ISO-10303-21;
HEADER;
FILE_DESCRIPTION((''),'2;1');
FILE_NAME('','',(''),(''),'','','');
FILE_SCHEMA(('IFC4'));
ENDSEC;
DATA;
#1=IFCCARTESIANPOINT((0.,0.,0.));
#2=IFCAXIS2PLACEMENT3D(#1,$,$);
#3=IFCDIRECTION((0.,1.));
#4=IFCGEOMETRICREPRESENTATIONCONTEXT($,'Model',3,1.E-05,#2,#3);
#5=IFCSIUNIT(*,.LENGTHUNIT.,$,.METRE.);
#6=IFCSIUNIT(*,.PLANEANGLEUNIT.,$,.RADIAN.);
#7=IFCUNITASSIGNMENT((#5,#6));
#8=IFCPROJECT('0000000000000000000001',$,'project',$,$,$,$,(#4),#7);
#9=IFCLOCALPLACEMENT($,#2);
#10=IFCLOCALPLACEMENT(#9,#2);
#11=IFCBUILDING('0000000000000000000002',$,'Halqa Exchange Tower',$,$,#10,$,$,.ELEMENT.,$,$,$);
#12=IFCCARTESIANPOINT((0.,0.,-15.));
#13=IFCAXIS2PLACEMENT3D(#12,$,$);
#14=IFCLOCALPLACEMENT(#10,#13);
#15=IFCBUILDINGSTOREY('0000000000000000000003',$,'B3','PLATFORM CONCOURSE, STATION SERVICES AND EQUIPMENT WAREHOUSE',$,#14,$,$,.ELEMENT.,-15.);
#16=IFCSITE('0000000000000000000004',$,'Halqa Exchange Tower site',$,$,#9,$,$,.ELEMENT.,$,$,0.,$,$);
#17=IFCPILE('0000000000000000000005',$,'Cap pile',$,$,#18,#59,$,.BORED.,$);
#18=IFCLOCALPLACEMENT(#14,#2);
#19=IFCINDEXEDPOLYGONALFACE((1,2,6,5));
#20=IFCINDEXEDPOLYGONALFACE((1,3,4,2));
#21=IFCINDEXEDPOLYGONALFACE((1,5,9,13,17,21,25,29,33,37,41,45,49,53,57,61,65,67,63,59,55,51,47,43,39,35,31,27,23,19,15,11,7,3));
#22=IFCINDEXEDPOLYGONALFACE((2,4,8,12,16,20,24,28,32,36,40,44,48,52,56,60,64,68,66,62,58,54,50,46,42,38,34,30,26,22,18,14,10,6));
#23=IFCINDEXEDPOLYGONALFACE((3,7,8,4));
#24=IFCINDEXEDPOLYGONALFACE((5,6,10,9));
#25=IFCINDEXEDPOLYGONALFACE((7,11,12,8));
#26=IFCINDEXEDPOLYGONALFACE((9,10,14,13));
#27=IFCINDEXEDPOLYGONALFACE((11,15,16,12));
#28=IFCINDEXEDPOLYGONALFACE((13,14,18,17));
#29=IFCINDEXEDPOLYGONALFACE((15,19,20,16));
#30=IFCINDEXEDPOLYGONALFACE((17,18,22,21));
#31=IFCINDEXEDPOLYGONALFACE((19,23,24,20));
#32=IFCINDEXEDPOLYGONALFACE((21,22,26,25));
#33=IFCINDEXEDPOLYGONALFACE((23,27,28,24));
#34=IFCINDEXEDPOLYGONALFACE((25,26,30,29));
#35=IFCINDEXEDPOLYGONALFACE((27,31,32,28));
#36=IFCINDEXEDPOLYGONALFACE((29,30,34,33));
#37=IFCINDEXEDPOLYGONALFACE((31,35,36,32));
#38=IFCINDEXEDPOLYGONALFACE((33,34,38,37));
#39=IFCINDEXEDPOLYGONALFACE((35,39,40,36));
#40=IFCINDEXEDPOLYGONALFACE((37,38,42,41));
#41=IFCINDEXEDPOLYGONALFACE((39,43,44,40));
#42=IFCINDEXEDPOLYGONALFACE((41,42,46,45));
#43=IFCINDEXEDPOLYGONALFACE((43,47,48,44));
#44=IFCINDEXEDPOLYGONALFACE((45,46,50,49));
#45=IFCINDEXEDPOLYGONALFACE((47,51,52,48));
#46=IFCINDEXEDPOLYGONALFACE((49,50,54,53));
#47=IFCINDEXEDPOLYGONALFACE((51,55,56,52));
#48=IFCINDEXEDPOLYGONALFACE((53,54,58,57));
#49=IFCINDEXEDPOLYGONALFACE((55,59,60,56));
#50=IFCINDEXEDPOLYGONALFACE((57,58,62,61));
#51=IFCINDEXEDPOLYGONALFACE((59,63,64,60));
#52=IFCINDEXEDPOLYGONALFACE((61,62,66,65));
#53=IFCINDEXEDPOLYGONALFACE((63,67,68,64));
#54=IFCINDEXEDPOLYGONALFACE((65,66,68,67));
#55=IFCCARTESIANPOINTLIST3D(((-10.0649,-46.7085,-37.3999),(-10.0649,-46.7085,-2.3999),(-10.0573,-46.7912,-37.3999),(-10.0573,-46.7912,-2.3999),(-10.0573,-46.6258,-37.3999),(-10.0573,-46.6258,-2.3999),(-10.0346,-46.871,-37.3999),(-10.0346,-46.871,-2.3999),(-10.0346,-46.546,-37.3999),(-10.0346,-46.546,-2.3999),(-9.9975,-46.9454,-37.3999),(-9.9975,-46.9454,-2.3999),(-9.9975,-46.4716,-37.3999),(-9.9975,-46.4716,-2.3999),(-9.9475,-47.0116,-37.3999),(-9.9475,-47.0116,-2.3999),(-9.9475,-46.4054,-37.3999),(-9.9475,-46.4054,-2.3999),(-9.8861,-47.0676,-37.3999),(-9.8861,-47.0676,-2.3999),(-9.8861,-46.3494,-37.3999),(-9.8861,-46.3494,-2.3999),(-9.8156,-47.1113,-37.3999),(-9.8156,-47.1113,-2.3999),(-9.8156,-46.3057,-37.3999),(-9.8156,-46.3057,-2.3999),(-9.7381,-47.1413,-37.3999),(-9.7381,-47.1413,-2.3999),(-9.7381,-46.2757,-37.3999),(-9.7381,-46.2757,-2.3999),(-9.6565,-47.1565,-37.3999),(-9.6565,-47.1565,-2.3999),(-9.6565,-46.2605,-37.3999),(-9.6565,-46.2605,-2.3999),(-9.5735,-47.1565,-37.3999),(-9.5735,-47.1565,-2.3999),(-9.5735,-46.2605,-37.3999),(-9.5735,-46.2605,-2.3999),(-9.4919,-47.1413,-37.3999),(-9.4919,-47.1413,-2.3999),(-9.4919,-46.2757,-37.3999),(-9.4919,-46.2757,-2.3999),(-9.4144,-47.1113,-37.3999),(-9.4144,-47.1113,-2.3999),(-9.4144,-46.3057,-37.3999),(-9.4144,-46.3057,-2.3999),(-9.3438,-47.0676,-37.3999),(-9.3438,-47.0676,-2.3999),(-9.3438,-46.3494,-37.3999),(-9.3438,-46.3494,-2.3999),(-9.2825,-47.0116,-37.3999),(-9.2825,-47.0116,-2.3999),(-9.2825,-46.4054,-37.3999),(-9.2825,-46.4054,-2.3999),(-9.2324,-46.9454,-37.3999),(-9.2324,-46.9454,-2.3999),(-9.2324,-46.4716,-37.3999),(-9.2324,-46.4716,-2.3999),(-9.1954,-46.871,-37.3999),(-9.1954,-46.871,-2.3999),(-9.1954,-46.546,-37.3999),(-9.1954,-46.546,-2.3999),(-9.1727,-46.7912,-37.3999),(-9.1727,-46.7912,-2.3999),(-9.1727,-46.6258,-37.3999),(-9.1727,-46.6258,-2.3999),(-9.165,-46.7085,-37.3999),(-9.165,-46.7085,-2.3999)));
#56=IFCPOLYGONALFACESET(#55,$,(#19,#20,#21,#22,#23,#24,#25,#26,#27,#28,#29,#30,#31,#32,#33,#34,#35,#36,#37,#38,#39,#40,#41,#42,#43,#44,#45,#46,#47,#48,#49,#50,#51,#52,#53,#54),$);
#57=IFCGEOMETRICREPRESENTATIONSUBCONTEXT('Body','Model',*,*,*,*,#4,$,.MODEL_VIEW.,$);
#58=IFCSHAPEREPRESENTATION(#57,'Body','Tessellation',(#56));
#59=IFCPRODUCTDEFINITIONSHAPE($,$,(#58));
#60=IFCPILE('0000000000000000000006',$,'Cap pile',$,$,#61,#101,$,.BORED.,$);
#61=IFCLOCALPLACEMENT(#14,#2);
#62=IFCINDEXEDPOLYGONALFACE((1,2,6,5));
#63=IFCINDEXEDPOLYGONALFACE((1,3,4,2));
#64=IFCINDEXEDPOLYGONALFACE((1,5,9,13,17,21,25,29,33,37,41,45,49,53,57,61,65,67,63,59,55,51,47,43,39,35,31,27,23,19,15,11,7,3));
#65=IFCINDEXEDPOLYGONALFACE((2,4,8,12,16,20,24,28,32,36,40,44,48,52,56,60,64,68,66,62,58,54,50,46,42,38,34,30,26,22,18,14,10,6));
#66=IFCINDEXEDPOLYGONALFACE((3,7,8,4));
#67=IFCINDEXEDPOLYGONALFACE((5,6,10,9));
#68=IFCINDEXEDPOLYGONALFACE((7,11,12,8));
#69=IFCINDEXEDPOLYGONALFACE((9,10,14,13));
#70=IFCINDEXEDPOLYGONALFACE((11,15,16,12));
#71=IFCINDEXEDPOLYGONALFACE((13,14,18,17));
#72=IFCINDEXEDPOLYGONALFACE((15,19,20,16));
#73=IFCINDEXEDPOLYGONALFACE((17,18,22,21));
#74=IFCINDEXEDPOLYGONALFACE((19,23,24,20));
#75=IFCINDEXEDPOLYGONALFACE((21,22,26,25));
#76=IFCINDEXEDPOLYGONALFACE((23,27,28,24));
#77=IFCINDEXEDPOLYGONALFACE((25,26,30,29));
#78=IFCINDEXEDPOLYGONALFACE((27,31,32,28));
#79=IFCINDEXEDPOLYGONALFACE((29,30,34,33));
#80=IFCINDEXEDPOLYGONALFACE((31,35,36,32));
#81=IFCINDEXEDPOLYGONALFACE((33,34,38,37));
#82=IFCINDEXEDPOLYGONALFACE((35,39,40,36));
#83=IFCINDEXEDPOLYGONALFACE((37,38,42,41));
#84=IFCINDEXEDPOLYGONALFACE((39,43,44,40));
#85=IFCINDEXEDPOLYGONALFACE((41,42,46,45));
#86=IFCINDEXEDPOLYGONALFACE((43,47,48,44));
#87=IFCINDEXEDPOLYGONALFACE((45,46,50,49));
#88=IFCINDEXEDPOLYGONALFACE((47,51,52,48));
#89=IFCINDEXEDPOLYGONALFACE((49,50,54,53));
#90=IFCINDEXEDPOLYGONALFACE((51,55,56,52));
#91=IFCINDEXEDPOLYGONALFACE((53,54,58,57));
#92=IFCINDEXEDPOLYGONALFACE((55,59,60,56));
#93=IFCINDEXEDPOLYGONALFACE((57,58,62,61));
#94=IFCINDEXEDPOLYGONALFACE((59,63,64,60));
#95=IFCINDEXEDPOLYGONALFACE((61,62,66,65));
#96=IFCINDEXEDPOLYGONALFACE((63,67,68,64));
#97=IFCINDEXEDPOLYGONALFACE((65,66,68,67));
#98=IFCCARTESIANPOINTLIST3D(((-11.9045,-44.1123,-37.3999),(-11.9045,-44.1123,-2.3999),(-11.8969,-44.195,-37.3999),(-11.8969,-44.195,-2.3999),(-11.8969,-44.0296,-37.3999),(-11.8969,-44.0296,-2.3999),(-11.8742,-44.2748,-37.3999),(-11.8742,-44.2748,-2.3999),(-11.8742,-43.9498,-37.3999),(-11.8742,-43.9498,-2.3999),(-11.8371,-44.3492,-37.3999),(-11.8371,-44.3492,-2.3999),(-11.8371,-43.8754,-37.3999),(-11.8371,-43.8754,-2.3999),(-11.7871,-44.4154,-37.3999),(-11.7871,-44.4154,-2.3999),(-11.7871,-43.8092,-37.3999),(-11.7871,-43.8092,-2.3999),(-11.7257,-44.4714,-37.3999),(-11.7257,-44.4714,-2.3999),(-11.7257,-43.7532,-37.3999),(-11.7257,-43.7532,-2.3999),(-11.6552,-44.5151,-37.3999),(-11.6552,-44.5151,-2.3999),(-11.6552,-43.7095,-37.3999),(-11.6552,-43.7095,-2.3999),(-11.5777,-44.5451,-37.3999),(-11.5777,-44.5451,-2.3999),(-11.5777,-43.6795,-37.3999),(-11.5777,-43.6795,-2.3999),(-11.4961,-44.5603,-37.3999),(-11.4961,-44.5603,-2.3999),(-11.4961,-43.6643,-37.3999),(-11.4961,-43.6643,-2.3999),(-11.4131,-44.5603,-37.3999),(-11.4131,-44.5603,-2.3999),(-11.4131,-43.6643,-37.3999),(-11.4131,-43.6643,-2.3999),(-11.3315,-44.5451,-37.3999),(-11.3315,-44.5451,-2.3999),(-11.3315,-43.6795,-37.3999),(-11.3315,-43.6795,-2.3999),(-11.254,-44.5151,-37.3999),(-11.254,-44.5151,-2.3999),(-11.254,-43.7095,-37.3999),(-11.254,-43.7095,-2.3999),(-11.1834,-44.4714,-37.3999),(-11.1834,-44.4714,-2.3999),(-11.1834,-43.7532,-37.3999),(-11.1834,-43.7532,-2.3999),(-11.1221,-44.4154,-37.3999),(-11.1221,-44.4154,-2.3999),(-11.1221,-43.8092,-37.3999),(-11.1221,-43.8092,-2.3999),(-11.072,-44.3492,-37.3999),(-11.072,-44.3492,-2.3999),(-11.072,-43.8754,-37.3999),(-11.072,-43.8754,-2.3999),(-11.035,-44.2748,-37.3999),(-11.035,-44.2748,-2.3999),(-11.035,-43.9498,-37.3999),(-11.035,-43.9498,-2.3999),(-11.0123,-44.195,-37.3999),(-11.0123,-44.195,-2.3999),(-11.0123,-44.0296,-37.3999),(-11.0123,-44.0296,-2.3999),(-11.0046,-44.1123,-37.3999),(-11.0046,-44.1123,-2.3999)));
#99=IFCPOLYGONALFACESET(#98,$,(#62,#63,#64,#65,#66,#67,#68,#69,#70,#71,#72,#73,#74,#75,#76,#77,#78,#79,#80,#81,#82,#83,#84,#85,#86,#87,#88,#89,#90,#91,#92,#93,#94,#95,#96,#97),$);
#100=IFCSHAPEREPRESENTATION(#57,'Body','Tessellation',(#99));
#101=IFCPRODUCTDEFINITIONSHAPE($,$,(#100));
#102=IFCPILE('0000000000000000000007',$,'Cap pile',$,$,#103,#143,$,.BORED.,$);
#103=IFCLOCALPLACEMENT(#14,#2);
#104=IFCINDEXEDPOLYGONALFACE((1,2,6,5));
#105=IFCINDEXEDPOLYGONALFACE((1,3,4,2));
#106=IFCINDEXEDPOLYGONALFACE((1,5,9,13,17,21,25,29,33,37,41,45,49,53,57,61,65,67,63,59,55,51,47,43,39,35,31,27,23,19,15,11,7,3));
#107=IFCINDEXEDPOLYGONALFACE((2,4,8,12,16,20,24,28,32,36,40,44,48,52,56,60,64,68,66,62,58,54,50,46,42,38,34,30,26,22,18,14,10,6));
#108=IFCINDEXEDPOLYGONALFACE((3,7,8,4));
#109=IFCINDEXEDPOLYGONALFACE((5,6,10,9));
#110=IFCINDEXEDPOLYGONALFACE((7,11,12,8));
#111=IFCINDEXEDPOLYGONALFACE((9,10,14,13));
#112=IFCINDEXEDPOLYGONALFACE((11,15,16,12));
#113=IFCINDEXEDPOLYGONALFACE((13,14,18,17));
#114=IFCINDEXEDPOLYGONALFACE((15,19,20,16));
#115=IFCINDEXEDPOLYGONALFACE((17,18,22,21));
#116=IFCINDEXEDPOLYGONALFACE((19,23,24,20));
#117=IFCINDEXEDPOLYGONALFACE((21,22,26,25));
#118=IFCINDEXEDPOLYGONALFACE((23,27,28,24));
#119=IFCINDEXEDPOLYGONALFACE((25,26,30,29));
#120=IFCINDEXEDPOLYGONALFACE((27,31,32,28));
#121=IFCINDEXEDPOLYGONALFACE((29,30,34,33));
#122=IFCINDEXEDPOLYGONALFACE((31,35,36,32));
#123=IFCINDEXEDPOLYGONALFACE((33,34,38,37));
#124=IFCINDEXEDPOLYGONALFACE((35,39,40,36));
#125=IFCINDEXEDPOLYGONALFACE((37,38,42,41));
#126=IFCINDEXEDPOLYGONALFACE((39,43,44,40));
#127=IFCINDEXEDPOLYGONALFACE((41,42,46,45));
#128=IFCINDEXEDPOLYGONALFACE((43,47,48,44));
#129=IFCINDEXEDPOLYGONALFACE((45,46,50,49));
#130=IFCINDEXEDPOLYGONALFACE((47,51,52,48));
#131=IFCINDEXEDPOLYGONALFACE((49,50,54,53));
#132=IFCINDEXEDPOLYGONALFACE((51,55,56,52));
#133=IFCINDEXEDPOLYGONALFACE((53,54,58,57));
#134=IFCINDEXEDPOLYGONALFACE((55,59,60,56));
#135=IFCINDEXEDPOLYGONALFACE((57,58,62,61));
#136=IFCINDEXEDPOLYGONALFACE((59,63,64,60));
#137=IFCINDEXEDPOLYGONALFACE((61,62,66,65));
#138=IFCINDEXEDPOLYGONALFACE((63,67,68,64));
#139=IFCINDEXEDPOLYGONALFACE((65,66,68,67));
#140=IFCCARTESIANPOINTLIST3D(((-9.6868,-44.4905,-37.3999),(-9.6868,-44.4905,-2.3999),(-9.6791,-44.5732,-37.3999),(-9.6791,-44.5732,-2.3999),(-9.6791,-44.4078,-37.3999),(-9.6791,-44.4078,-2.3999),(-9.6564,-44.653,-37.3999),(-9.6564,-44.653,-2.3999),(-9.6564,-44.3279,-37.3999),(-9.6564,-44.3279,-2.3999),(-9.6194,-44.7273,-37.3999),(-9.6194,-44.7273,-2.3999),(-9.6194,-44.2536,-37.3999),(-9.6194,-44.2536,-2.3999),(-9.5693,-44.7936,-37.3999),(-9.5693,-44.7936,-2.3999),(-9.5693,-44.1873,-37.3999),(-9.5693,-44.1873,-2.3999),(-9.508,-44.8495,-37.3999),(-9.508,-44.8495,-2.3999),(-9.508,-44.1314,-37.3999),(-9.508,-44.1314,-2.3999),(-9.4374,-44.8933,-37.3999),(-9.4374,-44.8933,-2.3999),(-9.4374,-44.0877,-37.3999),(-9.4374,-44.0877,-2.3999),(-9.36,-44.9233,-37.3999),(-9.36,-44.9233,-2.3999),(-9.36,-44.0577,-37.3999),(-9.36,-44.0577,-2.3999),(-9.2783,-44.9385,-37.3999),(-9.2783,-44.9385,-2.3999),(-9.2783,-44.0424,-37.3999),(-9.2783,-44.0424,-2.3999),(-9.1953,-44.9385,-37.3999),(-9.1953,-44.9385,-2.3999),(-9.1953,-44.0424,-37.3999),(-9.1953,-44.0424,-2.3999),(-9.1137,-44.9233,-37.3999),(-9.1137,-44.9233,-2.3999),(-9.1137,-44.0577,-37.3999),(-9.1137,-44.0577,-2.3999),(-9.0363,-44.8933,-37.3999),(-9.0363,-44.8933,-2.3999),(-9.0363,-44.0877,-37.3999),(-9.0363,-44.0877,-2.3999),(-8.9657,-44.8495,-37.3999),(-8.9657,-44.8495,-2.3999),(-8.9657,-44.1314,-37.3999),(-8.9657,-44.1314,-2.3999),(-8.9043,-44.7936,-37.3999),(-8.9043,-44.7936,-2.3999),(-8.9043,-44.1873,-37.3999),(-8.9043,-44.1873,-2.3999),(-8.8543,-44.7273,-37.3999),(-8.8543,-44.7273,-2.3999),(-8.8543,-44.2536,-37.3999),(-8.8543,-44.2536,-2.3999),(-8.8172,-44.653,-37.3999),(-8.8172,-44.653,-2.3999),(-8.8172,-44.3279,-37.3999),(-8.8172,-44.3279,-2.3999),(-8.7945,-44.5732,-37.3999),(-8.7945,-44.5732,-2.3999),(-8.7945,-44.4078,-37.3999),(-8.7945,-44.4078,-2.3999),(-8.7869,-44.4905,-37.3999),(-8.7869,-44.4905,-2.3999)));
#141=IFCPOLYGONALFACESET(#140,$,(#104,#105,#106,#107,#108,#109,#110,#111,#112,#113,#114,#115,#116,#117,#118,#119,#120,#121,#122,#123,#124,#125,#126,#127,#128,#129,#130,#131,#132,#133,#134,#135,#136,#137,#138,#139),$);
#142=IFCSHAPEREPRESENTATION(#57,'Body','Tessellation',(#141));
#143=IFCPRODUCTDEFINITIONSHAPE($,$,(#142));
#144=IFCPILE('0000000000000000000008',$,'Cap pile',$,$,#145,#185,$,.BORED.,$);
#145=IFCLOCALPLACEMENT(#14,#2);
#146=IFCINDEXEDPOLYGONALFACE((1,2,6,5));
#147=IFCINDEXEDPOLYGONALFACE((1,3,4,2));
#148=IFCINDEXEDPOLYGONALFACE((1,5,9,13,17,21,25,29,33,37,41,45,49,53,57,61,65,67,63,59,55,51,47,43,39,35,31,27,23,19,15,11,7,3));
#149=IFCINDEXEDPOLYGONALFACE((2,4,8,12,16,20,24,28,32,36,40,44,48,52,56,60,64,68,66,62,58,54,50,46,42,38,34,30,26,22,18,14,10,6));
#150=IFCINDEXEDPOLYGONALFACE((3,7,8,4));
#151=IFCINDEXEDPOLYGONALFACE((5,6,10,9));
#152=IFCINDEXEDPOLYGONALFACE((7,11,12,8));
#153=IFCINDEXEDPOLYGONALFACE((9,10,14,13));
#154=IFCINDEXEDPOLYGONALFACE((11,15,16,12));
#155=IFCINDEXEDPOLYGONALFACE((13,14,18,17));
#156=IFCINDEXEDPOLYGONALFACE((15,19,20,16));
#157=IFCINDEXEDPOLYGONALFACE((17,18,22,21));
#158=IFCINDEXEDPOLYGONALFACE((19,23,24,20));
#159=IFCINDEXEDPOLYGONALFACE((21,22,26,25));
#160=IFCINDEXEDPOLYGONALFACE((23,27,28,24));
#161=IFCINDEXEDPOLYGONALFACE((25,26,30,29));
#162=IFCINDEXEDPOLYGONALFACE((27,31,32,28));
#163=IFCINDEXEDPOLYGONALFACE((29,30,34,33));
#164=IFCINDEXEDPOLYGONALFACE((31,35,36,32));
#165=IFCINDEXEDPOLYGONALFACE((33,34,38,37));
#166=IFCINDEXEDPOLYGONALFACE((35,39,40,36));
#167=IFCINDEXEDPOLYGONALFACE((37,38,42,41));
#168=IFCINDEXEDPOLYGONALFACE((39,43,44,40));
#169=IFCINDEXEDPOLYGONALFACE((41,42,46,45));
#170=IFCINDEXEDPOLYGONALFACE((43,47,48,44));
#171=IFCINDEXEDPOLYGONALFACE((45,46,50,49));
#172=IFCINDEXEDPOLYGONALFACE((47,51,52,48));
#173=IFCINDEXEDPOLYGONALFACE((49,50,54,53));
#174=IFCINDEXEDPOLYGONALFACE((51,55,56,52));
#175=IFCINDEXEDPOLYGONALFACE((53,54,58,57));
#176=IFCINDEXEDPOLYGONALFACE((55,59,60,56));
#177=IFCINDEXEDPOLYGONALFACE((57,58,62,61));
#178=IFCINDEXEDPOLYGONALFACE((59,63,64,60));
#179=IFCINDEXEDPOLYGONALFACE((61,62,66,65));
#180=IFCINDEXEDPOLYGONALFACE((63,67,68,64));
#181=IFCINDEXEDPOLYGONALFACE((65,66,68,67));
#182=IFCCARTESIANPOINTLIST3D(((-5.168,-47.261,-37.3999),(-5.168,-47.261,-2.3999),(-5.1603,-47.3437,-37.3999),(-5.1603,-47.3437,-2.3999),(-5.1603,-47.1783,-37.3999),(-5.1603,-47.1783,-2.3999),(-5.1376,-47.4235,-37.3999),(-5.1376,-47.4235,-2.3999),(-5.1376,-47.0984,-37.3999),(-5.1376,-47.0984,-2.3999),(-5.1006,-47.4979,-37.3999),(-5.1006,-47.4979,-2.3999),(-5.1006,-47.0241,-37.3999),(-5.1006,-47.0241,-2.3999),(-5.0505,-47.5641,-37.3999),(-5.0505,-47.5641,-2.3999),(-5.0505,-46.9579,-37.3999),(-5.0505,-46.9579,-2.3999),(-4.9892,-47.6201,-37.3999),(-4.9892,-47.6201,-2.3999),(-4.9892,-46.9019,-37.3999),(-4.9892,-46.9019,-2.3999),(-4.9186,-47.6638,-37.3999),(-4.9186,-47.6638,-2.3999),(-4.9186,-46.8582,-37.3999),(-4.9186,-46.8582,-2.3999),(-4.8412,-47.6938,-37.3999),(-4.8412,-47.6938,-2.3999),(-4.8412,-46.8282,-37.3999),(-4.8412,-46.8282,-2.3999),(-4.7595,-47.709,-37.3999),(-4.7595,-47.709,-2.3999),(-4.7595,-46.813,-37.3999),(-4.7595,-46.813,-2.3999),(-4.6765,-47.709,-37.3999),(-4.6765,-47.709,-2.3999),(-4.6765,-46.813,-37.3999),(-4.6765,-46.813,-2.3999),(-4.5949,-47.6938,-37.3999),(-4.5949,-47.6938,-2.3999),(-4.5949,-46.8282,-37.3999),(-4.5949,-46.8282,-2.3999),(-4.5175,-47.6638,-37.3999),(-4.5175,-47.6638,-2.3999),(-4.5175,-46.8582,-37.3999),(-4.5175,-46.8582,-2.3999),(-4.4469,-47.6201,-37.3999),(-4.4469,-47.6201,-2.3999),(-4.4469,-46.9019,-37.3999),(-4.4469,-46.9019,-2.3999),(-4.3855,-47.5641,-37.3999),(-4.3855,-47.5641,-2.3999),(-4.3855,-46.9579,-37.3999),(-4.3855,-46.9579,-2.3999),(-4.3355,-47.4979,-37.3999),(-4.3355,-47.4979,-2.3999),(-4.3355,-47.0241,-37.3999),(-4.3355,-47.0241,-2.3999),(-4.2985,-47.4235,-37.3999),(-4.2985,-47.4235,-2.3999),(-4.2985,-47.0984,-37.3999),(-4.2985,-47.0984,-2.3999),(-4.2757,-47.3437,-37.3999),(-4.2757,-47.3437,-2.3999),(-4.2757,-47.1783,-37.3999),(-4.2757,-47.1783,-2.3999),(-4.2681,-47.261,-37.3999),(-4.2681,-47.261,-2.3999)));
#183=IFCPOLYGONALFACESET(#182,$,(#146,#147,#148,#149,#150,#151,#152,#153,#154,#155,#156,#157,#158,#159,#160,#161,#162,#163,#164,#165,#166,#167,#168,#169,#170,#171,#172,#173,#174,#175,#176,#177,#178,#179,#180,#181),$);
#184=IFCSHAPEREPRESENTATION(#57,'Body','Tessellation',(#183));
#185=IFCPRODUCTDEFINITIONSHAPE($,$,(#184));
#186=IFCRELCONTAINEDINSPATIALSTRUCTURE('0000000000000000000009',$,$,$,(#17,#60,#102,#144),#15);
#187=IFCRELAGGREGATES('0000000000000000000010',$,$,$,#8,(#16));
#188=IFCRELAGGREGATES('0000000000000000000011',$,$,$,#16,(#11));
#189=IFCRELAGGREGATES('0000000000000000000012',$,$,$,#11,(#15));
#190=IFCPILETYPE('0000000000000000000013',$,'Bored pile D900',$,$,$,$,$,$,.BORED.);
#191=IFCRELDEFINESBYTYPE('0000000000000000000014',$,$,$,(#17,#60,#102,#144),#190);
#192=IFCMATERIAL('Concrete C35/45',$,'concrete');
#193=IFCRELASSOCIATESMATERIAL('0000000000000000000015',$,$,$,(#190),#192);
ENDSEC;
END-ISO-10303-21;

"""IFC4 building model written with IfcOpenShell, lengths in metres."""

from ifc_helpers import new_model, si_unit, direction, frame, origin, origin_2d, place, context, subcontext, project, spatial, circle, extrude, material, material_profile, profile_set, type_object, element, save


model = new_model("IFC4")

# Units and contexts
model_context = context("Model", 3, precision=1e-05, world=origin(), true_north=direction((0.0, 1.0)))
body_context = subcontext(model_context, "Body", "Model", "MODEL_VIEW")
ifc_project = project(units=[si_unit("LENGTHUNIT", "METRE"), si_unit("PLANEANGLEUNIT", "RADIAN")], contexts=[model_context])

# Site, building, storey
site_placement = place(None, origin())
site = spatial("IfcSite", under=ifc_project, at=site_placement, Name="Halqa Exchange Tower site", CompositionType="ELEMENT", RefElevation=0.0)
building_placement = place(site_placement, origin())
building = spatial("IfcBuilding", under=site, at=building_placement, Name="Halqa Exchange Tower", CompositionType="ELEMENT")
storey_placement = place(building_placement, frame((0.0, 0.0, -15.0)))
storey = spatial("IfcBuildingStorey", under=building, at=storey_placement, Name="B3", Description="PLATFORM CONCOURSE, STATION SERVICES AND EQUIPMENT WAREHOUSE", CompositionType="ELEMENT", Elevation=-15.0)

# Piles
ifc_material_1 = material(Name="Concrete C35/45", Category="concrete")
ifc_material_profile_1 = material_profile(ifc_material_1, circle(Radius=0.45, at=origin_2d()), Name="D900")
ifc_profile_set_1 = profile_set([ifc_material_profile_1], Name="Concrete C35/45")
pile_type = type_object("IfcPileType", Name="Bored pile D900", PredefinedType="BORED", material=ifc_profile_set_1)
for number, where, z_axis, x_axis, name in (
    (1, (-9.615, -46.7085, -2.3999), (0.0, 0.0, -1.0), (1.0, 0.0, 0.0), "Cap pile"),
    (2, (-11.4546, -44.1123, -2.3999), (0.0, 0.0, -1.0), (1.0, 0.0, 0.0), "Cap pile"),
    (3, (-9.2368, -44.4905, -2.3999), (0.0, 0.0, -1.0), (1.0, 0.0, 0.0), "Cap pile"),
    (4, (-4.718, -47.261, -2.3999), (0.0, 0.0, -1.0), (1.0, 0.0, 0.0), "Cap pile"),
):
    element("IfcPile", number, at=place(storey_placement, frame(where, z_axis=z_axis, x_axis=x_axis)), inside=storey, type_object=pile_type, Name=name, PredefinedType="BORED", context=body_context, shape_type="SweptSolid", body=[
        extrude(circle(Radius=0.45, at=origin_2d()), origin(), (0.0, 0.0, 1.0), 35.0),
    ])

save(model, "model.ifc")
